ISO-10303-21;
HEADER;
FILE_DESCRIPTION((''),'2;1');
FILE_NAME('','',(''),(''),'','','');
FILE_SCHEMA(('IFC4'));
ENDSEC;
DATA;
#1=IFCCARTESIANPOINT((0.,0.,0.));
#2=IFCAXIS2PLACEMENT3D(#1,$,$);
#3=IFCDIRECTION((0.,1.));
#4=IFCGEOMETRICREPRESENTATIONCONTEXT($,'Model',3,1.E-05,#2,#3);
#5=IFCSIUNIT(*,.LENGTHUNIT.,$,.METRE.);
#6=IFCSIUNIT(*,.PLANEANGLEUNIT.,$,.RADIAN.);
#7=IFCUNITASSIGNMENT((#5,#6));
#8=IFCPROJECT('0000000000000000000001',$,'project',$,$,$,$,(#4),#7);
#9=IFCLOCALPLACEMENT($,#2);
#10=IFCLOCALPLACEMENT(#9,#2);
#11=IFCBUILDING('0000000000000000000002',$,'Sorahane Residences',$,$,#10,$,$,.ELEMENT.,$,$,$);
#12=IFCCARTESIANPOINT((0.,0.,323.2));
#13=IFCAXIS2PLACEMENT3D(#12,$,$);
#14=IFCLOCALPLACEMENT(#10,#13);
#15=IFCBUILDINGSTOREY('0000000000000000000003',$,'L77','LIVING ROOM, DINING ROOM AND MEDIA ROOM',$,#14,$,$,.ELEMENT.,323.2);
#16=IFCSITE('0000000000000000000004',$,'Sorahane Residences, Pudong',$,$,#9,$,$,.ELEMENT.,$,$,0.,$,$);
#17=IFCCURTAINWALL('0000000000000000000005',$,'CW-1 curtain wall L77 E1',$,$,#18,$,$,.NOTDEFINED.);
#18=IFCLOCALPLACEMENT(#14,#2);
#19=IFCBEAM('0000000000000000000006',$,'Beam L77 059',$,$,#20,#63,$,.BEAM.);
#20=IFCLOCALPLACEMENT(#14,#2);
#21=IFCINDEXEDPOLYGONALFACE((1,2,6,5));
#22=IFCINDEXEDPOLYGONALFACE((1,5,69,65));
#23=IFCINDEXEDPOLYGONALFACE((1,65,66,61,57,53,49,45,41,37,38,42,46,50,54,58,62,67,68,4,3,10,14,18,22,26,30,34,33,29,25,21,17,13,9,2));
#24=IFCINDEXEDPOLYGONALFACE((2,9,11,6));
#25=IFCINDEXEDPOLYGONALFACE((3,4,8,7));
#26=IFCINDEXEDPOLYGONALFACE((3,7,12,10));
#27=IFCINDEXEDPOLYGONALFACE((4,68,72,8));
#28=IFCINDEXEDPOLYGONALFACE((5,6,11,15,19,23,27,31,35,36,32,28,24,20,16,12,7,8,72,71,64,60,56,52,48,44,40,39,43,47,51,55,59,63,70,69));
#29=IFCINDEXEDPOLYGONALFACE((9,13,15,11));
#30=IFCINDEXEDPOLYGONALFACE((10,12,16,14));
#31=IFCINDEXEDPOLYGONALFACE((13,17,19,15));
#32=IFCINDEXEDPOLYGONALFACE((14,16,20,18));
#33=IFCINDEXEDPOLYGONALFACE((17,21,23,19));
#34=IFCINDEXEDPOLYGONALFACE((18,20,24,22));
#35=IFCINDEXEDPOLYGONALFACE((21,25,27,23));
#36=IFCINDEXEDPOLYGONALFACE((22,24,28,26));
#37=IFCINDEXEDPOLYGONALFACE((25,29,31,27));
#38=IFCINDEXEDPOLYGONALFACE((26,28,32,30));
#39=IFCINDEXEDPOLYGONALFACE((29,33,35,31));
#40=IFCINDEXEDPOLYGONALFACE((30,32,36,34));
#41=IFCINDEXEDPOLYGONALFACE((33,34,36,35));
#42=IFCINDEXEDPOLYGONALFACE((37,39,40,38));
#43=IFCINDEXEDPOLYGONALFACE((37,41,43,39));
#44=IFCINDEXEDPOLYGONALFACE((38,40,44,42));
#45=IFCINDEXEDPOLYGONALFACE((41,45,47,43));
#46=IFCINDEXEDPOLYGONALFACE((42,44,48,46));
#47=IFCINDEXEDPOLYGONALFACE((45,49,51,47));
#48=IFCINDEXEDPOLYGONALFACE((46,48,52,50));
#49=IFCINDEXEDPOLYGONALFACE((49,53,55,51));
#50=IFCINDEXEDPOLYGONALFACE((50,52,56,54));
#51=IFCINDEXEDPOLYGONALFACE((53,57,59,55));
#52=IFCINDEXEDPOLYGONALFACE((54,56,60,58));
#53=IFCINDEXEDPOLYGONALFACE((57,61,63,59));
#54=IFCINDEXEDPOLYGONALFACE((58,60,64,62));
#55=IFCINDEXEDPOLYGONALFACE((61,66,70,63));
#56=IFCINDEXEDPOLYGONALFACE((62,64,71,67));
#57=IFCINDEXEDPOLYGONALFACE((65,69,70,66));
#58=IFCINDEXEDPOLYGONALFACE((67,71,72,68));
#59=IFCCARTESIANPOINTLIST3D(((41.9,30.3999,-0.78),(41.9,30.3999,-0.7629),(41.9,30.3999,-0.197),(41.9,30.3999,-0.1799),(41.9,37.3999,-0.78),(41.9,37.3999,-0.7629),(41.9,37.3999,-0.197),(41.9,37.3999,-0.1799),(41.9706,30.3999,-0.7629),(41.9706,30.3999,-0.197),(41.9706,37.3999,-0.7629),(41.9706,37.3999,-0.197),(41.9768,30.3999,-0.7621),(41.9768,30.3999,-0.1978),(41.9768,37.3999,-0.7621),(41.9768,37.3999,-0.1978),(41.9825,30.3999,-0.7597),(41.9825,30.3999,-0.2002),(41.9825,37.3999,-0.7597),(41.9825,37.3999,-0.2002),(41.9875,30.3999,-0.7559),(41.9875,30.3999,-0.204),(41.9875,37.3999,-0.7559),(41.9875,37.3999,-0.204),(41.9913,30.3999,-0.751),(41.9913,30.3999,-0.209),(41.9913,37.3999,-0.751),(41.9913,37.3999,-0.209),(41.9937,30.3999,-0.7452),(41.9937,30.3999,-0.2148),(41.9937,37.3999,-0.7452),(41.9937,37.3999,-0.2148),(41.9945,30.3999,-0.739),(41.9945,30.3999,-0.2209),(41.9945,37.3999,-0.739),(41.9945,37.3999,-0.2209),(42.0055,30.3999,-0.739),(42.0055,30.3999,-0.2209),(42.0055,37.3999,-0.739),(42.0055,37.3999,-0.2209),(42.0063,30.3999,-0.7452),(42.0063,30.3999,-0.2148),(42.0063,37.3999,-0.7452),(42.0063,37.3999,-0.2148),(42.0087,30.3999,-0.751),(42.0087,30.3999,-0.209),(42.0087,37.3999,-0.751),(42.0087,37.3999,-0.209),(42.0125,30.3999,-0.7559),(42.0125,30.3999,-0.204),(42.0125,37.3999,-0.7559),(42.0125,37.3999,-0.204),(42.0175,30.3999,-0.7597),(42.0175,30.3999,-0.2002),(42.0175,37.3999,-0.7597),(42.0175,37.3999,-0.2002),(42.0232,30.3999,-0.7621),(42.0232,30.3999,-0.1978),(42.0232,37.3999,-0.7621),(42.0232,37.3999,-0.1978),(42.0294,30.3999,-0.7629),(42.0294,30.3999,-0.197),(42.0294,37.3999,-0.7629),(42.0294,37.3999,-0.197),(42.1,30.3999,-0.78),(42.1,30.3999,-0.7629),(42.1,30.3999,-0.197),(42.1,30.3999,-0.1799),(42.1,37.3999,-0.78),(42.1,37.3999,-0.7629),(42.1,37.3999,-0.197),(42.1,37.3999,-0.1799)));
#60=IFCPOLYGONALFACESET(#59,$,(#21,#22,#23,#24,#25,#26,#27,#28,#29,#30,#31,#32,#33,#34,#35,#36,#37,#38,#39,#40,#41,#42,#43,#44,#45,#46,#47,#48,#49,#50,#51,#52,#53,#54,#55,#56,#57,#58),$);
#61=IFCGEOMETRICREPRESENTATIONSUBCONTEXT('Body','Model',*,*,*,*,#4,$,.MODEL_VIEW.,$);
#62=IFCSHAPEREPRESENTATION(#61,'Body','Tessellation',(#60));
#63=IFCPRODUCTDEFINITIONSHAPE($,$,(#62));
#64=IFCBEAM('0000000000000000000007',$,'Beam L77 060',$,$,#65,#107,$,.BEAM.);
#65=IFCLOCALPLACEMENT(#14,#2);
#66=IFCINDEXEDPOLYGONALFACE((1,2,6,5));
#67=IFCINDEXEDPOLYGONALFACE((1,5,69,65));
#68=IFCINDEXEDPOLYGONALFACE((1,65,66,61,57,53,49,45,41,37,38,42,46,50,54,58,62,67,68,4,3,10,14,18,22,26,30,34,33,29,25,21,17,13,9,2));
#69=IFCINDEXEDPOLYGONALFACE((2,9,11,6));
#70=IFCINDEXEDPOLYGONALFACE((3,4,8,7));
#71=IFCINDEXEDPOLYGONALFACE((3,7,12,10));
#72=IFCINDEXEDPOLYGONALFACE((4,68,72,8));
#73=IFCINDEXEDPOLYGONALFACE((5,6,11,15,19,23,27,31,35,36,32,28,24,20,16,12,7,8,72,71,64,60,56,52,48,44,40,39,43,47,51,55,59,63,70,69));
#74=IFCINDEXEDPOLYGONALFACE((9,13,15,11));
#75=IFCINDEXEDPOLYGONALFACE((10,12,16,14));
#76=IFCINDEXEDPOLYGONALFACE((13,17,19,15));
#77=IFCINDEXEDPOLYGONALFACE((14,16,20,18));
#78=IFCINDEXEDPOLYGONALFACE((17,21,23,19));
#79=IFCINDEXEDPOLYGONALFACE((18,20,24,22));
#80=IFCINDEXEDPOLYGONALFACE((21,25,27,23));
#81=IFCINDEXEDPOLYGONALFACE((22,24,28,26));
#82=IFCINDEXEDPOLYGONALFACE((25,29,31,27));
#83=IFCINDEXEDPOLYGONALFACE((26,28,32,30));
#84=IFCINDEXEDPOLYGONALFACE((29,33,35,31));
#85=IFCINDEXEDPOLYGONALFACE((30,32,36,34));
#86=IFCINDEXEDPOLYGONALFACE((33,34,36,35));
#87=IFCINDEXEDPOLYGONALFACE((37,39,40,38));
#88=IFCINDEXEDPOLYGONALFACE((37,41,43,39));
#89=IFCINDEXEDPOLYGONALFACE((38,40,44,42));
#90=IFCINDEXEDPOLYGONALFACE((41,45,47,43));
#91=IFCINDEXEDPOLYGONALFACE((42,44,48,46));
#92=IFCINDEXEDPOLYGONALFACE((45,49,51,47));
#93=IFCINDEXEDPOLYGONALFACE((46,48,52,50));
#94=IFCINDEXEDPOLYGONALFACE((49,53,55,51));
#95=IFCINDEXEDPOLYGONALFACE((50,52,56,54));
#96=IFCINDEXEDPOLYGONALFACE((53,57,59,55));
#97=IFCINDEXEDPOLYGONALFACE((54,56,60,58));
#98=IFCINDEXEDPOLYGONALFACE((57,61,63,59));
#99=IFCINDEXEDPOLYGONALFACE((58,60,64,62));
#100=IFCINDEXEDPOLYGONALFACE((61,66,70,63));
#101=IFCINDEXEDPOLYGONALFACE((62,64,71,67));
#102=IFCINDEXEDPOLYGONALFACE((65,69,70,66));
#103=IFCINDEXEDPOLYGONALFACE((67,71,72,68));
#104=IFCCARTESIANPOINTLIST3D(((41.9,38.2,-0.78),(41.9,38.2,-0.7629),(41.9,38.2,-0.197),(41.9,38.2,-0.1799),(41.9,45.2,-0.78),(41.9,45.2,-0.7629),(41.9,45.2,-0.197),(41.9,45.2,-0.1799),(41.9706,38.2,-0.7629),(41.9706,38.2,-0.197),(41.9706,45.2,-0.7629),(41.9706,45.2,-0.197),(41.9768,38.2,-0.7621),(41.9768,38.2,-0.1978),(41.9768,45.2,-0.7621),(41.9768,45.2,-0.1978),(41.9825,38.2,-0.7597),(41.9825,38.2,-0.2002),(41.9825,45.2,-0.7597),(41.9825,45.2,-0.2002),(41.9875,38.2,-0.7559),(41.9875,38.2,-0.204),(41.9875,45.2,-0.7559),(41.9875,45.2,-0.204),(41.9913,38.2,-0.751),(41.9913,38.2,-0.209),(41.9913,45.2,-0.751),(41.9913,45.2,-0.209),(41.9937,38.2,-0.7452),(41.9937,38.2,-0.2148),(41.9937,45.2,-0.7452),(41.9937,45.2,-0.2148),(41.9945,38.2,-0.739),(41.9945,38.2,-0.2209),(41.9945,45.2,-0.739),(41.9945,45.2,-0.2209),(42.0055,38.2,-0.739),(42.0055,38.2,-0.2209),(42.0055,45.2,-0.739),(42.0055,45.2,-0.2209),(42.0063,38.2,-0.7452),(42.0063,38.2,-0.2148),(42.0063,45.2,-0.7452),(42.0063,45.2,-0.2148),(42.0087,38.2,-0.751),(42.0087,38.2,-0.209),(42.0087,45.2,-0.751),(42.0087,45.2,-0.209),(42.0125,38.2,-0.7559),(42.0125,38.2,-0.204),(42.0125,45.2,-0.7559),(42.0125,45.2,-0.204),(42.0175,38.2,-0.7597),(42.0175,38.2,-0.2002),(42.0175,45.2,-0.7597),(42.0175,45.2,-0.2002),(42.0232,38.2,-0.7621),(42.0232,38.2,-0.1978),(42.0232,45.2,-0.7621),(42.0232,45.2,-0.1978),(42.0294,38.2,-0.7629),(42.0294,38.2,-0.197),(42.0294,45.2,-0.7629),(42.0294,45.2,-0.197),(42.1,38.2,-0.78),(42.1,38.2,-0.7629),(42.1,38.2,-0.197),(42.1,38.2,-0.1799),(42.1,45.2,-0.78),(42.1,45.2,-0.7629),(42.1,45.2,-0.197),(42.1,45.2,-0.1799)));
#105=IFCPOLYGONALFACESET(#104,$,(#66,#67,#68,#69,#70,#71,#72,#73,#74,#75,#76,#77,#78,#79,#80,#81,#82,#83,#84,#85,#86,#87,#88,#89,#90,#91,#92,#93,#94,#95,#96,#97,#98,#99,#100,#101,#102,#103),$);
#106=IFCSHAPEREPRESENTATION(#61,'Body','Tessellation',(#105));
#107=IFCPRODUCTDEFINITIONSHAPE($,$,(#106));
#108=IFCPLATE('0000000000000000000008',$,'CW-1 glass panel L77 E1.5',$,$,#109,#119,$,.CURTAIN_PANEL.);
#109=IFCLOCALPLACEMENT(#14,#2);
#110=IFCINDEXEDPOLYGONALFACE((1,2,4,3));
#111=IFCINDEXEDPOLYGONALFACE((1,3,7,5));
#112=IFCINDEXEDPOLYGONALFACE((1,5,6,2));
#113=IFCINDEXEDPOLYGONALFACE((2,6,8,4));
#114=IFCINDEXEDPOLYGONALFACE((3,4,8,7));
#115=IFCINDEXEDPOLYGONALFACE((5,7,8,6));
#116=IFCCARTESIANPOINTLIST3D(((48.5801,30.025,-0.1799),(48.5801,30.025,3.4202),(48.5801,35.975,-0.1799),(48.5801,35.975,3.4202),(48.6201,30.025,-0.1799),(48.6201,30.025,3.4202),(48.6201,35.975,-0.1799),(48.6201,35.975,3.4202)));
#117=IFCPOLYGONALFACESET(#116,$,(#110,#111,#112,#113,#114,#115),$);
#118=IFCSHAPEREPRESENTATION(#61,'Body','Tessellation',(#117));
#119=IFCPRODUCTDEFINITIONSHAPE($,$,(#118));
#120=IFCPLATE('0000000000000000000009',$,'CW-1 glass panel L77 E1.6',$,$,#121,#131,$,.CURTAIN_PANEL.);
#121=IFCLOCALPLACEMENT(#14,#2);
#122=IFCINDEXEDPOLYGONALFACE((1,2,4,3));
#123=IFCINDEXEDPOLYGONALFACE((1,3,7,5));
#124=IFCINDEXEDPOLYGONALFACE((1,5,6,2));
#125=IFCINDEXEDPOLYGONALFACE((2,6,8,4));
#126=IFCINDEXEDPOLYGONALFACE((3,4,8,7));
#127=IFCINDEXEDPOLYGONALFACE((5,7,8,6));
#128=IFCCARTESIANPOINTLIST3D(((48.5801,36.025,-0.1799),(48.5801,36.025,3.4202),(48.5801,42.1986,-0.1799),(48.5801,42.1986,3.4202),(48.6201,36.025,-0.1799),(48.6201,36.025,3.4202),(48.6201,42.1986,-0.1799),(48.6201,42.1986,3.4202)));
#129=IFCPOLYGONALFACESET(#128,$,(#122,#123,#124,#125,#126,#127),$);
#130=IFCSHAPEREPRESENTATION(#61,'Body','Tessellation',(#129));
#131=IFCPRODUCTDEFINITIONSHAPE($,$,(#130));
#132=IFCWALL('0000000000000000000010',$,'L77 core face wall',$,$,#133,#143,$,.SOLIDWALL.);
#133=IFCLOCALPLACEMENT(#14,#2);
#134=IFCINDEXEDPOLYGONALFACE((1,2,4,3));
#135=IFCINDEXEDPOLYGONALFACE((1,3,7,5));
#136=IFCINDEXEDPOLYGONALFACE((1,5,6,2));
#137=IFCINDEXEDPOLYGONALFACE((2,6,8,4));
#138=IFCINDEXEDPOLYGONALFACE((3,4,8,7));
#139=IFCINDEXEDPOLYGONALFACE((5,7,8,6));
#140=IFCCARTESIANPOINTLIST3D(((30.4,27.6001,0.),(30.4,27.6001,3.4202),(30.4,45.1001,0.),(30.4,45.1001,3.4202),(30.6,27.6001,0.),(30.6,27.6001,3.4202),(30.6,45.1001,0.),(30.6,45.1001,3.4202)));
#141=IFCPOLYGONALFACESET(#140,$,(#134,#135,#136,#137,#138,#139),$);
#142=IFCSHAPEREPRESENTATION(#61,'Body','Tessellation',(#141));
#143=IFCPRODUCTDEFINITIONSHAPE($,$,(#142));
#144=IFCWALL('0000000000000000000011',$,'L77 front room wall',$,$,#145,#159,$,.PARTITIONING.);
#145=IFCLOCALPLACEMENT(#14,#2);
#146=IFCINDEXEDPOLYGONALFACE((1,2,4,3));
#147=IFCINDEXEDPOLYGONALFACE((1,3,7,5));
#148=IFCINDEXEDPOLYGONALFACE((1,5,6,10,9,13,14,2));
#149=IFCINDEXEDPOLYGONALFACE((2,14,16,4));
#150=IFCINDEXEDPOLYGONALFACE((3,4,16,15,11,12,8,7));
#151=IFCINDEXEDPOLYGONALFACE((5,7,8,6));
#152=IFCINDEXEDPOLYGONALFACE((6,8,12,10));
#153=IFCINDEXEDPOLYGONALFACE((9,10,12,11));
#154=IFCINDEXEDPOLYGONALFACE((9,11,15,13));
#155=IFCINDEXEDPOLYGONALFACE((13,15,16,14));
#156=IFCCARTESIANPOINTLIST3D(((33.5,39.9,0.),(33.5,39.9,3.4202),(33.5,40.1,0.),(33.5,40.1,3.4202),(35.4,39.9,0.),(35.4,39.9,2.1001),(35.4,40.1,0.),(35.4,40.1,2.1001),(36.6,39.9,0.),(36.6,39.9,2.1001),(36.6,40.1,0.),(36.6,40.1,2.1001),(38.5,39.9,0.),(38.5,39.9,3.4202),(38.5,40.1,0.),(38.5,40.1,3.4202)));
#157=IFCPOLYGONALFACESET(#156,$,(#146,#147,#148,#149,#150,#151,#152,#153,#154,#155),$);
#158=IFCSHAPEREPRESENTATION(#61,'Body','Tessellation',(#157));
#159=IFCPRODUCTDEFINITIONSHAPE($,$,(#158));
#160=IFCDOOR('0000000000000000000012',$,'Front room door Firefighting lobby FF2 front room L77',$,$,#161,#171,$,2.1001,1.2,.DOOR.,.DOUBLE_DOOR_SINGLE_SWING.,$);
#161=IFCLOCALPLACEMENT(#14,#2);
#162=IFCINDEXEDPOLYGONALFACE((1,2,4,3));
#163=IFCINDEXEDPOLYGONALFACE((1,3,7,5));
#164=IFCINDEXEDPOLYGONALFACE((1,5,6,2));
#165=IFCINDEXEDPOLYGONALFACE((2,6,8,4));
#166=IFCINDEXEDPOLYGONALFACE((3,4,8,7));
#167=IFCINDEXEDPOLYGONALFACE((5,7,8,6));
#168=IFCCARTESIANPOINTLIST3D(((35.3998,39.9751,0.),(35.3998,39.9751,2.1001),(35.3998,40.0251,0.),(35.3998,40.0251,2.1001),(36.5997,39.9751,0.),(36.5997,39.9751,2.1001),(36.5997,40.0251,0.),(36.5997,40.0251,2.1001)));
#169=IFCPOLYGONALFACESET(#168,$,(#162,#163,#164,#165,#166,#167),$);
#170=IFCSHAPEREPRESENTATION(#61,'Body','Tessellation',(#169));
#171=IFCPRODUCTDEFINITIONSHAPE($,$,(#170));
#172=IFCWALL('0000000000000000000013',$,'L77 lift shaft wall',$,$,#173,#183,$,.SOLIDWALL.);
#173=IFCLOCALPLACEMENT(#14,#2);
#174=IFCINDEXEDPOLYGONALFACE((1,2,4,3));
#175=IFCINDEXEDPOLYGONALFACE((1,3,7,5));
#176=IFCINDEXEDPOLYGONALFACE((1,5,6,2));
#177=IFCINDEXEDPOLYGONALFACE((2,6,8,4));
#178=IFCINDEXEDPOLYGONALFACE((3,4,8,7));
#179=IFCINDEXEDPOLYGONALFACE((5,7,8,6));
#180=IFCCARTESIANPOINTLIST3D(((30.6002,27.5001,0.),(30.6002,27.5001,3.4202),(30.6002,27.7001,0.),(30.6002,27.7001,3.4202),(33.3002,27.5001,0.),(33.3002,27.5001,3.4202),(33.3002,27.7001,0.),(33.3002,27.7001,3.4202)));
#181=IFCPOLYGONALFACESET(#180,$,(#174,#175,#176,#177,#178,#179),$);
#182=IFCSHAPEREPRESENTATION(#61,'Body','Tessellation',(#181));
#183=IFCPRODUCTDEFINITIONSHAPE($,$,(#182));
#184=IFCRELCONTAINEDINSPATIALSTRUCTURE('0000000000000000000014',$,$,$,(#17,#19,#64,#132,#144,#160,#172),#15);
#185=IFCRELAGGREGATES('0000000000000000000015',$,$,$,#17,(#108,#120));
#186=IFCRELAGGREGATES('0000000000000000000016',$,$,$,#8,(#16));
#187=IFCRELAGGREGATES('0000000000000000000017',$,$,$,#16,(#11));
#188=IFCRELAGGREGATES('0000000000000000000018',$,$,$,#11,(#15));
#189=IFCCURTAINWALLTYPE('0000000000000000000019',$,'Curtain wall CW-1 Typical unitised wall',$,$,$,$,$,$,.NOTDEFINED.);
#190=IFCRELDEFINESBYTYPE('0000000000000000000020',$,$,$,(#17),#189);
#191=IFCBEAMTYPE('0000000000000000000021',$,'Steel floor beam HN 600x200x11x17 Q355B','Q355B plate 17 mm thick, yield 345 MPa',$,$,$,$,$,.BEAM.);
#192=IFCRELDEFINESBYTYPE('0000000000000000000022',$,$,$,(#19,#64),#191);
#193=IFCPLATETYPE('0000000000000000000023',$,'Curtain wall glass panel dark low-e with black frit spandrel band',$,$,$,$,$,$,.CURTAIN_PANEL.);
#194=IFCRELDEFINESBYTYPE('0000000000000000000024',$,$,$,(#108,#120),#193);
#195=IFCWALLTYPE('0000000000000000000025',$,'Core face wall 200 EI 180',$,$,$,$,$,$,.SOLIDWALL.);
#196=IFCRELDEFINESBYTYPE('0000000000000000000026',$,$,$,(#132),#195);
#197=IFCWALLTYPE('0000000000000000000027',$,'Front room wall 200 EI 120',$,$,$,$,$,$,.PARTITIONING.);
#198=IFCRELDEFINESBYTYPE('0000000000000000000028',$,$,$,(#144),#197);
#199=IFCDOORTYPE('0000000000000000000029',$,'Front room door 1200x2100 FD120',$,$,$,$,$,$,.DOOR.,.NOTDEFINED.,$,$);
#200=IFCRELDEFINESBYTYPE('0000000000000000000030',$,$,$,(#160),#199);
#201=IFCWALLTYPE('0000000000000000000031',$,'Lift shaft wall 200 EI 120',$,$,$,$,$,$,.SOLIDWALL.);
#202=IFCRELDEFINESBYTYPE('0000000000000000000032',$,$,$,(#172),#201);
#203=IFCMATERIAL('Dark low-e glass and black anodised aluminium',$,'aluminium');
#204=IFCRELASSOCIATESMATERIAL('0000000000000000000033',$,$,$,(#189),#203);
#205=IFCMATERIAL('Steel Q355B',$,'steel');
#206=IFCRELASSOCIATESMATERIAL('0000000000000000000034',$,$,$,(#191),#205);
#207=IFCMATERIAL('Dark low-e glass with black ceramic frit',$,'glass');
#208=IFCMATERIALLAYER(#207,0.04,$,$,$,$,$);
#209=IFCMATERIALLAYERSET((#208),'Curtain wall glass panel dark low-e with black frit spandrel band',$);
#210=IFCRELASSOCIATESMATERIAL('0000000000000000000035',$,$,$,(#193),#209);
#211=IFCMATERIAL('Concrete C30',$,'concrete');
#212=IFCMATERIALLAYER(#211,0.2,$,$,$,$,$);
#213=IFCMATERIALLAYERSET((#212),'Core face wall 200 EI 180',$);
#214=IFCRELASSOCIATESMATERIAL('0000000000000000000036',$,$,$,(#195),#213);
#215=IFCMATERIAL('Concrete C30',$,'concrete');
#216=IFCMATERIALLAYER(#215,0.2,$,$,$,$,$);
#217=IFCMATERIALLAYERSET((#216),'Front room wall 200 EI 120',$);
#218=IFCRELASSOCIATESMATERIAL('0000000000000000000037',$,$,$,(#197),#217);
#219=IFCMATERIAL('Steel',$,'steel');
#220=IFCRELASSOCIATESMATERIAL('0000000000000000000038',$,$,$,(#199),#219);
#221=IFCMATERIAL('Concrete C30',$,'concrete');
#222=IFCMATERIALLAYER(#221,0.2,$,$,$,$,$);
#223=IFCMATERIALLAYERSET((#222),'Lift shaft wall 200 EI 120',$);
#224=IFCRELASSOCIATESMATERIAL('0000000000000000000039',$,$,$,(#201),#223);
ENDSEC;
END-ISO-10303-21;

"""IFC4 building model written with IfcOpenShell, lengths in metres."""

from ifc_helpers import new_model, si_unit, direction, frame, frame_2d, origin, origin_2d, place, context, subcontext, project, spatial, rectangle, i_section, extrude, material, layer, layer_set, material_profile, profile_set, type_object, element, fill, aggregate, save


model = new_model("IFC4")

# Units and contexts
model_context = context("Model", 3, precision=1e-05, world=origin(), true_north=direction((0.0, 1.0)))
body_context = subcontext(model_context, "Body", "Model", "MODEL_VIEW")
ifc_project = project(units=[si_unit("LENGTHUNIT", "METRE"), si_unit("PLANEANGLEUNIT", "RADIAN")], contexts=[model_context])

# Site, building, storey
site_placement = place(None, origin())
site = spatial("IfcSite", under=ifc_project, at=site_placement, Name="Sorahane Residences, Pudong", CompositionType="ELEMENT", RefElevation=0.0)
building_placement = place(site_placement, origin())
building = spatial("IfcBuilding", under=site, at=building_placement, Name="Sorahane Residences", CompositionType="ELEMENT")
storey_placement = place(building_placement, frame((0.0, 0.0, 323.2)))
storey = spatial("IfcBuildingStorey", under=building, at=storey_placement, Name="L77", Description="LIVING ROOM, DINING ROOM AND MEDIA ROOM", CompositionType="ELEMENT", Elevation=323.2)

# Curtain wall
ifc_material_1 = material(Name="Dark low-e glass and black anodised aluminium", Category="aluminium")
curtain_wall_type = type_object("IfcCurtainWallType", Name="Curtain wall CW-1 Typical unitised wall", PredefinedType="NOTDEFINED", material=ifc_material_1)
curtain_wall_placement = place(storey_placement, origin())
curtain_wall = element("IfcCurtainWall", 1, at=curtain_wall_placement, inside=storey, type_object=curtain_wall_type, Name="CW-1 curtain wall L77 E1", PredefinedType="NOTDEFINED")

# Beams
ifc_material_2 = material(Name="Steel Q355B", Category="steel")
ifc_material_profile_1 = material_profile(ifc_material_2, i_section(OverallWidth=0.2, OverallDepth=0.6001, WebThickness=0.011, FlangeThickness=0.0171, FilletRadius=0.0239, at=origin_2d()), Name="HN 600x200x11x17")
ifc_profile_set_1 = profile_set([ifc_material_profile_1], Name="Steel Q355B")
beam_type_1 = type_object("IfcBeamType", Name="Steel floor beam HN 600x200x11x17 Q355B", Description="Q355B plate 17 mm thick, yield 345 MPa", PredefinedType="BEAM", material=ifc_profile_set_1)
for number, where, z_axis, x_axis, name in (
    (2, (42.0, 30.3999, -0.48), (0.0, 1.0, 0.0), (-1.0, 0.0, 0.0), "Beam L77 059"),
    (3, (42.0, 38.2, -0.48), (0.0, 1.0, 0.0), (-1.0, 0.0, 0.0), "Beam L77 060"),
):
    element("IfcBeam", number, at=place(storey_placement, frame(where, z_axis=z_axis, x_axis=x_axis)), inside=storey, type_object=beam_type_1, Name=name, PredefinedType="BEAM", context=body_context, shape_type="SweptSolid", body=[
        extrude(i_section(OverallWidth=0.2, OverallDepth=0.6001, WebThickness=0.011, FlangeThickness=0.0171, FilletRadius=0.0239, at=origin_2d()), origin(), (0.0, 0.0, 1.0), 7.0),
    ])

# Plates
ifc_material_3 = material(Name="Dark low-e glass with black ceramic frit", Category="glass")
ifc_layer_1 = layer(ifc_material_3, 0.04)
ifc_layer_set_1 = layer_set([ifc_layer_1], Name="Curtain wall glass panel dark low-e with black frit spandrel band")
plate_type = type_object("IfcPlateType", Name="Curtain wall glass panel dark low-e with black frit spandrel band", PredefinedType="CURTAIN_PANEL", material=ifc_layer_set_1)
plate_1_placement = place(storey_placement, frame((48.6001, 33.0, -0.1799), z_axis=(0.0, 0.0, 1.0), x_axis=(0.0, 1.0, 0.0)))
plate_1 = element("IfcPlate", 4, at=plate_1_placement, type_object=plate_type, Name="CW-1 glass panel L77 E1.5", PredefinedType="CURTAIN_PANEL", context=body_context, shape_type="SweptSolid", body=[
    extrude(rectangle(XDim=5.95, YDim=0.04, at=origin_2d()), origin(), (0.0, 0.0, 1.0), 3.6001),
])
plate_2_placement = place(storey_placement, frame((48.6001, 39.1118, -0.1799), z_axis=(0.0, 0.0, 1.0), x_axis=(0.0, 1.0, 0.0)))
plate_2 = element("IfcPlate", 5, at=plate_2_placement, type_object=plate_type, Name="CW-1 glass panel L77 E1.6", PredefinedType="CURTAIN_PANEL", context=body_context, shape_type="SweptSolid", body=[
    extrude(rectangle(XDim=6.1736, YDim=0.04, at=origin_2d()), origin(), (0.0, 0.0, 1.0), 3.6001),
])
aggregate(curtain_wall, [plate_1, plate_2])

# Wall
ifc_material_4 = material(Name="Concrete C30", Category="concrete")
ifc_layer_2 = layer(ifc_material_4, 0.2)
ifc_layer_set_2 = layer_set([ifc_layer_2], Name="Core face wall 200 EI 180")
wall_type_1 = type_object("IfcWallType", Name="Core face wall 200 EI 180", PredefinedType="SOLIDWALL", material=ifc_layer_set_2)
wall_1_placement = place(storey_placement, frame((30.5, 27.6001, 0.0), z_axis=(0.0, 0.0, 1.0), x_axis=(0.0, 1.0, 0.0)))
element("IfcWall", 6, at=wall_1_placement, inside=storey, type_object=wall_type_1, Name="L77 core face wall", PredefinedType="SOLIDWALL", context=body_context, shape_type="SweptSolid", body=[
    extrude(rectangle(XDim=17.5, YDim=0.2, at=frame_2d((8.75, 0.0))), origin(), (0.0, 0.0, 1.0), 3.4202),
])

# Wall, opening, door
ifc_material_5 = material(Name="Concrete C30", Category="concrete")
ifc_layer_3 = layer(ifc_material_5, 0.2)
ifc_layer_set_3 = layer_set([ifc_layer_3], Name="Front room wall 200 EI 120")
wall_type_2 = type_object("IfcWallType", Name="Front room wall 200 EI 120", PredefinedType="PARTITIONING", material=ifc_layer_set_3)
wall_2_placement = place(storey_placement, frame((33.5, 40.0, 0.0), z_axis=(0.0, 0.0, 1.0), x_axis=(1.0, 0.0, 0.0)))
wall_2 = element("IfcWall", 7, at=wall_2_placement, inside=storey, type_object=wall_type_2, Name="L77 front room wall", PredefinedType="PARTITIONING", context=body_context, shape_type="SweptSolid", body=[
    extrude(rectangle(XDim=5.0, YDim=0.2, at=frame_2d((2.5, 0.0))), origin(), (0.0, 0.0, 1.0), 3.4202),
])
opening_placement = place(wall_2_placement, frame((1.8999, 0.0, 0.0)))
opening = element("IfcOpeningElement", 8, at=opening_placement, cuts=wall_2, PredefinedType="OPENING", context=body_context, shape_type="SweptSolid", body=[
    extrude(rectangle(XDim=1.2, YDim=2.1001, at=frame_2d((0.6001, 1.05))), frame((0.0, 0.1099, 0.0), z_axis=(0.0, -1.0, 0.0), x_axis=(1.0, 0.0, 0.0)), (0.0, 0.0, 1.0), 0.22),
])
ifc_material_6 = material(Name="Steel", Category="steel")
door_type = type_object("IfcDoorType", Name="Front room door 1200x2100 FD120", OperationType="NOTDEFINED", PredefinedType="DOOR", material=ifc_material_6)
door_placement = place(opening_placement, frame((1.2, 0.0, 0.0), z_axis=(0.0, 0.0, 1.0), x_axis=(-1.0, 0.0, 0.0)))
door = element("IfcDoor", 9, at=door_placement, inside=storey, type_object=door_type, Name="Front room door Firefighting lobby FF2 front room L77", OperationType="DOUBLE_DOOR_SINGLE_SWING", OverallHeight=2.1001, OverallWidth=1.2, PredefinedType="DOOR", context=body_context, shape_type="SweptSolid", body=[
    extrude(rectangle(XDim=1.2, YDim=2.1001, at=frame_2d((0.6001, 1.05))), frame((0.0, 0.0249, 0.0), z_axis=(0.0, -1.0, 0.0), x_axis=(1.0, 0.0, 0.0)), (0.0, 0.0, 1.0), 0.05),
])
fill(opening, door)

# Wall
ifc_material_7 = material(Name="Concrete C30", Category="concrete")
ifc_layer_4 = layer(ifc_material_7, 0.2)
ifc_layer_set_4 = layer_set([ifc_layer_4], Name="Lift shaft wall 200 EI 120")
wall_type_3 = type_object("IfcWallType", Name="Lift shaft wall 200 EI 120", PredefinedType="SOLIDWALL", material=ifc_layer_set_4)
for number, where, z_axis, x_axis, name in (
    (10, (30.6001, 27.6001, 0.0), (0.0, 0.0, 1.0), (1.0, 0.0, 0.0), "L77 lift shaft wall"),
):
    element("IfcWall", number, at=place(storey_placement, frame(where, z_axis=z_axis, x_axis=x_axis)), inside=storey, type_object=wall_type_3, Name=name, PredefinedType="SOLIDWALL", context=body_context, shape_type="SweptSolid", body=[
        extrude(rectangle(XDim=2.7, YDim=0.2, at=frame_2d((1.3501, 0.0))), origin(), (0.0, 0.0, 1.0), 3.4202),
    ])

save(model, "model.ifc")
